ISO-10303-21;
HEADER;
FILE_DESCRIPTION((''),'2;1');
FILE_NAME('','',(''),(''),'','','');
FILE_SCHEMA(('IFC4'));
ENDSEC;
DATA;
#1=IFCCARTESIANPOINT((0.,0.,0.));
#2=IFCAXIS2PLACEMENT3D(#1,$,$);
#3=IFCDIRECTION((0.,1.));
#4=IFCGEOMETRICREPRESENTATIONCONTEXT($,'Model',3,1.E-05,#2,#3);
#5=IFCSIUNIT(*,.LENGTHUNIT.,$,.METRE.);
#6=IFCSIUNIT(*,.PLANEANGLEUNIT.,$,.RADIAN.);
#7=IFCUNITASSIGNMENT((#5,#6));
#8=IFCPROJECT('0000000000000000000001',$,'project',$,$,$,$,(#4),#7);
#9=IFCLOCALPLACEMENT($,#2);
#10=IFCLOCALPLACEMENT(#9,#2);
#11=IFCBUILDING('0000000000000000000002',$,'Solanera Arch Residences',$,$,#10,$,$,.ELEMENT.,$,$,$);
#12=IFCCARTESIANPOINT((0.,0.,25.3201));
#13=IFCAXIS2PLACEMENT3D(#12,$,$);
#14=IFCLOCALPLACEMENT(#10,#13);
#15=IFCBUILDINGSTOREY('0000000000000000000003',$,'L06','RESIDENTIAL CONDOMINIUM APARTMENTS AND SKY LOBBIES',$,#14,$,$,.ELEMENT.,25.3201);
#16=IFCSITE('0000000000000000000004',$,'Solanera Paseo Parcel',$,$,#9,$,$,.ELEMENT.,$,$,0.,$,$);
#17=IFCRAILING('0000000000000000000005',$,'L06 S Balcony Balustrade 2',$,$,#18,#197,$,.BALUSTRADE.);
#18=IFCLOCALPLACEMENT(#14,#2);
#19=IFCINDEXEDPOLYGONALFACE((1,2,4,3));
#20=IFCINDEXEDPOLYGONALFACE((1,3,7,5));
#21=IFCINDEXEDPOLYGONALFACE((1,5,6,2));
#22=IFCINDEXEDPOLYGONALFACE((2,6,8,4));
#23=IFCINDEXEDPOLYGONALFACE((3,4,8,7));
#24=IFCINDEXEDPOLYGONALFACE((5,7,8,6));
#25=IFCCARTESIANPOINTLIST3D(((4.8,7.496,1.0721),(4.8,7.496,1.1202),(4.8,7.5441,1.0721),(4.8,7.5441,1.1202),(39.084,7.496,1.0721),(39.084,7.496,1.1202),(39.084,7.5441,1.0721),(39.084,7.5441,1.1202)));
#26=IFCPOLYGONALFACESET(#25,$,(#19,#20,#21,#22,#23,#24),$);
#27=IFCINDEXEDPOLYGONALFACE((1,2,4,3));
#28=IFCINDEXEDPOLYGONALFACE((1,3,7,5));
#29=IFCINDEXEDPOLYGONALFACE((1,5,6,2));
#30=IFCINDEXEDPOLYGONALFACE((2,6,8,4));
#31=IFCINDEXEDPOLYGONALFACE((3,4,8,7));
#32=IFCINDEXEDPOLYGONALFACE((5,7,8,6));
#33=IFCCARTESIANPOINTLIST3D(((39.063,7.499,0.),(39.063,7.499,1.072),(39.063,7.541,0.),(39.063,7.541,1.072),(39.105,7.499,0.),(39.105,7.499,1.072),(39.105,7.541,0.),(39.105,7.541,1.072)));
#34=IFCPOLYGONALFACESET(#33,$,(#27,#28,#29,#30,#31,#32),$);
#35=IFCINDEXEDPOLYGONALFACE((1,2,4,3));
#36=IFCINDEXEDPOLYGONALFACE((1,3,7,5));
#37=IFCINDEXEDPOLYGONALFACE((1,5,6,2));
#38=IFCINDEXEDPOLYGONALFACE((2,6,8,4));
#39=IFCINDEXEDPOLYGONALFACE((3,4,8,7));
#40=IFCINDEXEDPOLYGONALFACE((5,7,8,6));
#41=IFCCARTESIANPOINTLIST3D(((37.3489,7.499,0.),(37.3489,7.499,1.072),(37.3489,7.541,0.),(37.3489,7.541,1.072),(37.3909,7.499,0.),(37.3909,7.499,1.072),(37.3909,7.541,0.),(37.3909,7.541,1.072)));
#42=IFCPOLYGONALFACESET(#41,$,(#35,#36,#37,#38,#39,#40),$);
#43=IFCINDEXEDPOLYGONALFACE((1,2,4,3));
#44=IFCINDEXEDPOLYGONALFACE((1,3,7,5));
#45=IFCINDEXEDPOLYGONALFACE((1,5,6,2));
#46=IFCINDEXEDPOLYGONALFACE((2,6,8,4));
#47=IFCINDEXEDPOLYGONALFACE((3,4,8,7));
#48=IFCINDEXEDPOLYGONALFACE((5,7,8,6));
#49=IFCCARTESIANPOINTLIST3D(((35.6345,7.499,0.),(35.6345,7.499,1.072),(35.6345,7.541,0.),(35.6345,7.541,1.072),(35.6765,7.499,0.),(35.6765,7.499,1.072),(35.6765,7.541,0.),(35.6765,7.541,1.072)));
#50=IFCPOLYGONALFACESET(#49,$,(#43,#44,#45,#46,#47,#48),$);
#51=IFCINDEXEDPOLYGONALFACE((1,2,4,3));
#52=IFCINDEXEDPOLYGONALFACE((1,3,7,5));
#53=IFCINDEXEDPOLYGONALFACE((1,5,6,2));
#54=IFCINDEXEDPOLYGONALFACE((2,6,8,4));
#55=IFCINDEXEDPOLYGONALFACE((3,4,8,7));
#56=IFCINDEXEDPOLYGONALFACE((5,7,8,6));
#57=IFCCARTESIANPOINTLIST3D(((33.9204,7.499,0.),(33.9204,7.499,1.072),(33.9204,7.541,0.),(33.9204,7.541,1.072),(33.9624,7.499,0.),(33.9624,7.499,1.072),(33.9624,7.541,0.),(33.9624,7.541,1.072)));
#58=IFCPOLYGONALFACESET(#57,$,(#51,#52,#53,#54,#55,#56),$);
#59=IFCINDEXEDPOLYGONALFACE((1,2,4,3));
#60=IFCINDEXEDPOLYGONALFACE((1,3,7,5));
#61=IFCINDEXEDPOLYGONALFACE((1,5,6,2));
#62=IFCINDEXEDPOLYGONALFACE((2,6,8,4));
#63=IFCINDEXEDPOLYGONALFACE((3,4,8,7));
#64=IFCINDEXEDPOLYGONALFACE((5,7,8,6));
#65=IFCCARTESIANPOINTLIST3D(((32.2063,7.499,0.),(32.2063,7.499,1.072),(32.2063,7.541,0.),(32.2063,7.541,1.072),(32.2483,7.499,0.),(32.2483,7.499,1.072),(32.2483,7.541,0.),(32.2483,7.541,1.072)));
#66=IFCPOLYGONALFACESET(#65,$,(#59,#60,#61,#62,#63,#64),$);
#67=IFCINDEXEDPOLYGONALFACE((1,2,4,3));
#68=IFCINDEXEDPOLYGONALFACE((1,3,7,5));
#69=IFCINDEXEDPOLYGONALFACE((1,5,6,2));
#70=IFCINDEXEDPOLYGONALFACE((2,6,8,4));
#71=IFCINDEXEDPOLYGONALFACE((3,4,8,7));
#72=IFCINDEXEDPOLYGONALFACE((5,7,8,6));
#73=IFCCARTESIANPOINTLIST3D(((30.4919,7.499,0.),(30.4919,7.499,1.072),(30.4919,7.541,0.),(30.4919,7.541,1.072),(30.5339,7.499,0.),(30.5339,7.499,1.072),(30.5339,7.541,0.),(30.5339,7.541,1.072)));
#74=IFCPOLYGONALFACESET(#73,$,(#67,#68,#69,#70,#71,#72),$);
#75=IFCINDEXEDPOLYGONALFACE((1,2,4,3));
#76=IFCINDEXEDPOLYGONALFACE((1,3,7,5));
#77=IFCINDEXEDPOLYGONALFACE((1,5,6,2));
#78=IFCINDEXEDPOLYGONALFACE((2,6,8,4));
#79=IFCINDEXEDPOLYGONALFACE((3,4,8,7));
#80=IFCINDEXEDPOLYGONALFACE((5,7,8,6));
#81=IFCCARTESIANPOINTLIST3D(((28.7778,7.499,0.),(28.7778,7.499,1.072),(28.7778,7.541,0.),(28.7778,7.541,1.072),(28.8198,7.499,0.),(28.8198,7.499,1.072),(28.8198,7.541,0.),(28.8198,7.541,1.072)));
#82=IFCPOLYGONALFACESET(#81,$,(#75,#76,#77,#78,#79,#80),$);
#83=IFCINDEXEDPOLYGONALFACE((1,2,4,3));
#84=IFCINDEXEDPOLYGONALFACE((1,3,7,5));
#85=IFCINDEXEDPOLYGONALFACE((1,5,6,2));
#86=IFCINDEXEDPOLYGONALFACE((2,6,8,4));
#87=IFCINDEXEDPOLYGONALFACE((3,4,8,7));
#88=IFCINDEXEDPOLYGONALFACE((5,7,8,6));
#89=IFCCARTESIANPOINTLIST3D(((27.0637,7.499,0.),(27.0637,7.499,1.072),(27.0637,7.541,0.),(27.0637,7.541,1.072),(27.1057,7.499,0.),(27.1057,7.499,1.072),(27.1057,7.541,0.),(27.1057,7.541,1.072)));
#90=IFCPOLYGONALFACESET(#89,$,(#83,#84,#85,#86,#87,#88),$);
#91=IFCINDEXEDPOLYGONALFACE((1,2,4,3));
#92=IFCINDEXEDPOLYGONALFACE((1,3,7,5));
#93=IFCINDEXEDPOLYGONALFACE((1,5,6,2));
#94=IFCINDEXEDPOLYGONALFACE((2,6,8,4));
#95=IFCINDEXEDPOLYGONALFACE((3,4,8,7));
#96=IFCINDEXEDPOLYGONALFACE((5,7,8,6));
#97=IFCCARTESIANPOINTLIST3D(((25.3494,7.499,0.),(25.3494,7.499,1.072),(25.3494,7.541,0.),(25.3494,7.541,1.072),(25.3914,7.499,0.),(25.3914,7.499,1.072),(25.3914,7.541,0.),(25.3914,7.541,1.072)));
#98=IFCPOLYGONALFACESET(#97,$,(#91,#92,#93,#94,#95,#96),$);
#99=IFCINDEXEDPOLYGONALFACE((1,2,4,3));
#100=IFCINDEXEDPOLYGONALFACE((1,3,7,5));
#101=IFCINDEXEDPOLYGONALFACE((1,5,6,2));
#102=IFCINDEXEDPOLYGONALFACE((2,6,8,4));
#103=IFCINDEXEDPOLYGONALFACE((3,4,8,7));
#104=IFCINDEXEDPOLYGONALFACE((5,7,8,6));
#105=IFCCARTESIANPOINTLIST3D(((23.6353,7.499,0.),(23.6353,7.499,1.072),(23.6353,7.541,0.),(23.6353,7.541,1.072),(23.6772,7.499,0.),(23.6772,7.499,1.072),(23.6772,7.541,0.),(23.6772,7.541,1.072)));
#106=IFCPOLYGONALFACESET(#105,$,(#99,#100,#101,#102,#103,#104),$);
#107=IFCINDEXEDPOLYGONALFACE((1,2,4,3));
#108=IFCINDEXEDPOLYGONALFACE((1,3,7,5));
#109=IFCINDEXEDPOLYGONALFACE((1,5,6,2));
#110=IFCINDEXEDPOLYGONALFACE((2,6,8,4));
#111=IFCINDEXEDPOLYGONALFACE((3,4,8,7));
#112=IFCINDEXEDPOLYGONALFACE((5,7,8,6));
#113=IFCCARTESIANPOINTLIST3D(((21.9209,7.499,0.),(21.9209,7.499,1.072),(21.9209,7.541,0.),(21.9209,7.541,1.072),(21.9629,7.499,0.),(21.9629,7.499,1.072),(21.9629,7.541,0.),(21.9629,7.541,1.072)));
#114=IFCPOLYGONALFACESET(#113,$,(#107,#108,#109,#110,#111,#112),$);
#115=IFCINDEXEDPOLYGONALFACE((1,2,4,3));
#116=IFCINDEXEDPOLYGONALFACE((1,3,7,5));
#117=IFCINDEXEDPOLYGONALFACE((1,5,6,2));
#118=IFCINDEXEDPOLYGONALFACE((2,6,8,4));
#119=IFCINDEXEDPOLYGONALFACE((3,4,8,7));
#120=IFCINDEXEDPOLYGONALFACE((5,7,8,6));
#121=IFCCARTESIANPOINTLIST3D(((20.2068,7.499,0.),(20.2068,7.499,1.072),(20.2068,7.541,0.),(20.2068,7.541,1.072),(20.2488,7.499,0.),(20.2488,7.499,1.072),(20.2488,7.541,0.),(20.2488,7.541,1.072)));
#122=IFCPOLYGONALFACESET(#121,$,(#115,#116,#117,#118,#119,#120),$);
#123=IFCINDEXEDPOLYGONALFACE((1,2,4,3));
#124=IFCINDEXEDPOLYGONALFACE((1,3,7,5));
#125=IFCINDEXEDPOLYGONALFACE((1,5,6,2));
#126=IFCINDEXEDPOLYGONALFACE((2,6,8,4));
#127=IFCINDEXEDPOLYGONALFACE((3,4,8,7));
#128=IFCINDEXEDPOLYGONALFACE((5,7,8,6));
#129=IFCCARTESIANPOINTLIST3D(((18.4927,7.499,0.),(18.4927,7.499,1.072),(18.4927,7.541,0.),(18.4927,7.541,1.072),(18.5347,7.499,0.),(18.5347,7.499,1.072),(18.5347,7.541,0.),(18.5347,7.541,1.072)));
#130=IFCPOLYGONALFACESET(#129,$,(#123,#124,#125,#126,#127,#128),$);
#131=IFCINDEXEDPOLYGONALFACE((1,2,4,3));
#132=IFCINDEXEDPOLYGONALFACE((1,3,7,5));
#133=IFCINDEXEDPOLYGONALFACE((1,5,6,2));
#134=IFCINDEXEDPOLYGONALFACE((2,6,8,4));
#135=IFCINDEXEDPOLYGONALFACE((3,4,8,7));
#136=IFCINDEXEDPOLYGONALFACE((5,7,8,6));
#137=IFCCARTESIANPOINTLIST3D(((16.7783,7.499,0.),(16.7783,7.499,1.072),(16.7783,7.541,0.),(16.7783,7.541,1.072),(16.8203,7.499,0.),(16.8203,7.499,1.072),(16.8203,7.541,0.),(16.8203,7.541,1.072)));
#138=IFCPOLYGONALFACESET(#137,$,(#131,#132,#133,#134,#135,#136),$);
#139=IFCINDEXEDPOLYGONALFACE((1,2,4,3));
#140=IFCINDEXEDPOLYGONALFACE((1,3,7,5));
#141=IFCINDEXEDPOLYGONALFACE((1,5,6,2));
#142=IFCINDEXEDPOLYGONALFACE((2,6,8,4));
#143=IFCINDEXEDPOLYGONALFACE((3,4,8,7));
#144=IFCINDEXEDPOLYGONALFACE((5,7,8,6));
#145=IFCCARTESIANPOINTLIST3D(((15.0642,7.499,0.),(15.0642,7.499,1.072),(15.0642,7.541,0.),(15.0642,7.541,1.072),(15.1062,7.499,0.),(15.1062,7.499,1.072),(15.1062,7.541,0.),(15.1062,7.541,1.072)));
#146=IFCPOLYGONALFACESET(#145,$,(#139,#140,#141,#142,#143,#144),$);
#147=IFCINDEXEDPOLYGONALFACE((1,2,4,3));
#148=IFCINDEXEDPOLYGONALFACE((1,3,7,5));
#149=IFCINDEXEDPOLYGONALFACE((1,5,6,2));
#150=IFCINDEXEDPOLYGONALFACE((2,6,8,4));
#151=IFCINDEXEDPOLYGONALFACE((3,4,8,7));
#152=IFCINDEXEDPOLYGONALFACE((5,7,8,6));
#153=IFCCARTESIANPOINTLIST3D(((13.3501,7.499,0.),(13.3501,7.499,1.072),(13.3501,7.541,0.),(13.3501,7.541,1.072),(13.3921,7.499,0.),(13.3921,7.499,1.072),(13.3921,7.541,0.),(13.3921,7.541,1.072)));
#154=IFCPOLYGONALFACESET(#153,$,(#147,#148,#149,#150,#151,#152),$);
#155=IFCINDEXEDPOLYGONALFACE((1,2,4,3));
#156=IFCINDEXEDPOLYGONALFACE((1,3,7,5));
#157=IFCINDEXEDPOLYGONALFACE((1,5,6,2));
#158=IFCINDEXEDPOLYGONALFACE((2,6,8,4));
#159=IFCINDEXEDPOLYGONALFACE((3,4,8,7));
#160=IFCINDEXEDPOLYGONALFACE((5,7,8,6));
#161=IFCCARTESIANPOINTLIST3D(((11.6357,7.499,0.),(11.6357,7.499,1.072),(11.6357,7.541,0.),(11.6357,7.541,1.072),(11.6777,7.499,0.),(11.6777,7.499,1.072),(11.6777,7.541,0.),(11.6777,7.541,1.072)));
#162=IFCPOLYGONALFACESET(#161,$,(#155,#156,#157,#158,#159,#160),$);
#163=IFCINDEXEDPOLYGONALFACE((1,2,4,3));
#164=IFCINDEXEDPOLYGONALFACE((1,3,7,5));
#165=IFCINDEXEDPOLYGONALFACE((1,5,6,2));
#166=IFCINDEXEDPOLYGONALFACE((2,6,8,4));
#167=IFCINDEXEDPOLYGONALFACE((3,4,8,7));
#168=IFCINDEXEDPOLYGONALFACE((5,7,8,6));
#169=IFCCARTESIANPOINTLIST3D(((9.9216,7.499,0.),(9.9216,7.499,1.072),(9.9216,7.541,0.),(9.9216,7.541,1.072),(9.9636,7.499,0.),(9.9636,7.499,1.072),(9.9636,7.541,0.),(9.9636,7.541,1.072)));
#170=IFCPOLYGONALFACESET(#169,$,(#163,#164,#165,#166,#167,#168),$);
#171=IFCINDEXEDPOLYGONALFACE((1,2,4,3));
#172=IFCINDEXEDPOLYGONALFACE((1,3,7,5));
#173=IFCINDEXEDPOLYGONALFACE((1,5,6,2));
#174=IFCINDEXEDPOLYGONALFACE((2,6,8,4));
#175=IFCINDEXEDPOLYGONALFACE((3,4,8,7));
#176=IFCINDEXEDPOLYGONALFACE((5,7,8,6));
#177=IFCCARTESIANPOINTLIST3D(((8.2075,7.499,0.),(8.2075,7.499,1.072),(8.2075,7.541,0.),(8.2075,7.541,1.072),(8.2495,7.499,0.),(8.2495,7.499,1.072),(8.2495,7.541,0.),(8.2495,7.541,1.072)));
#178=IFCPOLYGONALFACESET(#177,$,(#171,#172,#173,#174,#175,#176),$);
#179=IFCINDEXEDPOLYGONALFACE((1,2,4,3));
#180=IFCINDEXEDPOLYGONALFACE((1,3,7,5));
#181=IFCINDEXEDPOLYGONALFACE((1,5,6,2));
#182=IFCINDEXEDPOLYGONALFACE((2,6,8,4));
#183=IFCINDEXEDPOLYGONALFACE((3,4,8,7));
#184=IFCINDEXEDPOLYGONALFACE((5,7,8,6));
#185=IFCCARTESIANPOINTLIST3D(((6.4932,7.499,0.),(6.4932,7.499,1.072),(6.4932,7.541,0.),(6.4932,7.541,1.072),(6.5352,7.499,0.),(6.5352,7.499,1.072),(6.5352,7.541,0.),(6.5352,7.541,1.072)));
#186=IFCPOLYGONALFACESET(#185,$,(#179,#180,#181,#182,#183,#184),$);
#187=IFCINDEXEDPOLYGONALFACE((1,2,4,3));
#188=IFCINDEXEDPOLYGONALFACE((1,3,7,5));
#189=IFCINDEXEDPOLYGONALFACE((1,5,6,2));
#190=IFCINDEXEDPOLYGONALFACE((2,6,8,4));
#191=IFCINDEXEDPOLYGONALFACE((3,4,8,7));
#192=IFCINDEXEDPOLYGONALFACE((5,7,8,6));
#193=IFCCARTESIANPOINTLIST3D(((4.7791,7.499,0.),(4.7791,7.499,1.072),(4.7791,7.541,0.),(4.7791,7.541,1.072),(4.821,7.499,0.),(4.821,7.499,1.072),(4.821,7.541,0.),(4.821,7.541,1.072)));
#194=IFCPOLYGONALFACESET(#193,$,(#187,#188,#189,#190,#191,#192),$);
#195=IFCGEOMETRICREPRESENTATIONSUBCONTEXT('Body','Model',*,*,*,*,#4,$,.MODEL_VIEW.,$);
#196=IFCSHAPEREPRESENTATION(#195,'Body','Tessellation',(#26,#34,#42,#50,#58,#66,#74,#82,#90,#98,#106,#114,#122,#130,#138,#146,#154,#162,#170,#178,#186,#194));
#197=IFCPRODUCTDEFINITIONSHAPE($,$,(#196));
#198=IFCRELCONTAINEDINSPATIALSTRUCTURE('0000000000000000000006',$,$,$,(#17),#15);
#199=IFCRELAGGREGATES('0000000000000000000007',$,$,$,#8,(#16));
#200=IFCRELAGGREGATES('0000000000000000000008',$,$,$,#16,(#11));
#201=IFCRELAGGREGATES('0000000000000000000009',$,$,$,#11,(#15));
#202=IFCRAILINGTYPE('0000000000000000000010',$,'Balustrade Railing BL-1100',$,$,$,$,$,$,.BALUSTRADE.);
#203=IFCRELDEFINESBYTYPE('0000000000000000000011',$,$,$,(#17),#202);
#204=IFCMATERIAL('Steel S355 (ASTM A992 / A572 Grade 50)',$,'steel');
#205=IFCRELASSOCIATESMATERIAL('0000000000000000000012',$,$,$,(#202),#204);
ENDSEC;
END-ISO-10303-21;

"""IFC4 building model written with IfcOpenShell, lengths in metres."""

from ifc_helpers import new_model, si_unit, direction, frame, origin, origin_2d, place, context, subcontext, project, spatial, rectangle, extrude, material, type_object, element, save


model = new_model("IFC4")

# Units and contexts
model_context = context("Model", 3, precision=1e-05, world=origin(), true_north=direction((0.0, 1.0)))
body_context = subcontext(model_context, "Body", "Model", "MODEL_VIEW")
ifc_project = project(units=[si_unit("LENGTHUNIT", "METRE"), si_unit("PLANEANGLEUNIT", "RADIAN")], contexts=[model_context])

# Site, building, storey
site_placement = place(None, origin())
site = spatial("IfcSite", under=ifc_project, at=site_placement, Name="Solanera Paseo Parcel", CompositionType="ELEMENT", RefElevation=0.0)
building_placement = place(site_placement, origin())
building = spatial("IfcBuilding", under=site, at=building_placement, Name="Solanera Arch Residences", CompositionType="ELEMENT")
storey_placement = place(building_placement, frame((0.0, 0.0, 25.3201)))
storey = spatial("IfcBuildingStorey", under=building, at=storey_placement, Name="L06", Description="RESIDENTIAL CONDOMINIUM APARTMENTS AND SKY LOBBIES", CompositionType="ELEMENT", Elevation=25.3201)

# Railing
ifc_material_1 = material(Name="Steel S355 (ASTM A992 / A572 Grade 50)", Category="steel")
railing_type = type_object("IfcRailingType", Name="Balustrade Railing BL-1100", PredefinedType="BALUSTRADE", material=ifc_material_1)
railing_1_placement = place(storey_placement, frame((39.084, 7.52, 0.0)))
element("IfcRailing", 1, at=railing_1_placement, inside=storey, type_object=railing_type, Name="L06 S Balcony Balustrade 2", PredefinedType="BALUSTRADE", context=body_context, shape_type="SweptSolid", body=[
    extrude(rectangle(XDim=0.0481, YDim=0.0481, at=origin_2d()), frame((0.0, 0.0, 1.0962), z_axis=(-1.0, 0.0, 0.0), x_axis=(0.0, -1.0, 0.0)), (0.0, 0.0, 1.0), 34.2839),
    extrude(rectangle(XDim=0.042, YDim=0.042, at=origin_2d()), origin(), (0.0, 0.0, 1.0), 1.072),
    extrude(rectangle(XDim=0.042, YDim=0.042, at=origin_2d()), frame((-1.7141, 0.0, 0.0)), (0.0, 0.0, 1.0), 1.072),
    extrude(rectangle(XDim=0.042, YDim=0.042, at=origin_2d()), frame((-3.4285, 0.0, 0.0)), (0.0, 0.0, 1.0), 1.072),
    extrude(rectangle(XDim=0.042, YDim=0.042, at=origin_2d()), frame((-5.1426, 0.0, 0.0)), (0.0, 0.0, 1.0), 1.072),
    extrude(rectangle(XDim=0.042, YDim=0.042, at=origin_2d()), frame((-6.8567, 0.0, 0.0)), (0.0, 0.0, 1.0), 1.072),
    extrude(rectangle(XDim=0.042, YDim=0.042, at=origin_2d()), frame((-8.571, 0.0, 0.0)), (0.0, 0.0, 1.0), 1.072),
    extrude(rectangle(XDim=0.042, YDim=0.042, at=origin_2d()), frame((-10.2852, 0.0, 0.0)), (0.0, 0.0, 1.0), 1.072),
    extrude(rectangle(XDim=0.042, YDim=0.042, at=origin_2d()), frame((-11.9993, 0.0, 0.0)), (0.0, 0.0, 1.0), 1.072),
    extrude(rectangle(XDim=0.042, YDim=0.042, at=origin_2d()), frame((-13.7136, 0.0, 0.0)), (0.0, 0.0, 1.0), 1.072),
    extrude(rectangle(XDim=0.042, YDim=0.042, at=origin_2d()), frame((-15.4277, 0.0, 0.0)), (0.0, 0.0, 1.0), 1.072),
    extrude(rectangle(XDim=0.042, YDim=0.042, at=origin_2d()), frame((-17.1421, 0.0, 0.0)), (0.0, 0.0, 1.0), 1.072),
    extrude(rectangle(XDim=0.042, YDim=0.042, at=origin_2d()), frame((-18.8562, 0.0, 0.0)), (0.0, 0.0, 1.0), 1.072),
    extrude(rectangle(XDim=0.042, YDim=0.042, at=origin_2d()), frame((-20.5703, 0.0, 0.0)), (0.0, 0.0, 1.0), 1.072),
    extrude(rectangle(XDim=0.042, YDim=0.042, at=origin_2d()), frame((-22.2847, 0.0, 0.0)), (0.0, 0.0, 1.0), 1.072),
    extrude(rectangle(XDim=0.042, YDim=0.042, at=origin_2d()), frame((-23.9988, 0.0, 0.0)), (0.0, 0.0, 1.0), 1.072),
    extrude(rectangle(XDim=0.042, YDim=0.042, at=origin_2d()), frame((-25.7129, 0.0, 0.0)), (0.0, 0.0, 1.0), 1.072),
    extrude(rectangle(XDim=0.042, YDim=0.042, at=origin_2d()), frame((-27.4272, 0.0, 0.0)), (0.0, 0.0, 1.0), 1.072),
    extrude(rectangle(XDim=0.042, YDim=0.042, at=origin_2d()), frame((-29.1414, 0.0, 0.0)), (0.0, 0.0, 1.0), 1.072),
    extrude(rectangle(XDim=0.042, YDim=0.042, at=origin_2d()), frame((-30.8555, 0.0, 0.0)), (0.0, 0.0, 1.0), 1.072),
    extrude(rectangle(XDim=0.042, YDim=0.042, at=origin_2d()), frame((-32.5698, 0.0, 0.0)), (0.0, 0.0, 1.0), 1.072),
    extrude(rectangle(XDim=0.042, YDim=0.042, at=origin_2d()), frame((-34.2839, 0.0, 0.0)), (0.0, 0.0, 1.0), 1.072),
])

save(model, "model.ifc")
